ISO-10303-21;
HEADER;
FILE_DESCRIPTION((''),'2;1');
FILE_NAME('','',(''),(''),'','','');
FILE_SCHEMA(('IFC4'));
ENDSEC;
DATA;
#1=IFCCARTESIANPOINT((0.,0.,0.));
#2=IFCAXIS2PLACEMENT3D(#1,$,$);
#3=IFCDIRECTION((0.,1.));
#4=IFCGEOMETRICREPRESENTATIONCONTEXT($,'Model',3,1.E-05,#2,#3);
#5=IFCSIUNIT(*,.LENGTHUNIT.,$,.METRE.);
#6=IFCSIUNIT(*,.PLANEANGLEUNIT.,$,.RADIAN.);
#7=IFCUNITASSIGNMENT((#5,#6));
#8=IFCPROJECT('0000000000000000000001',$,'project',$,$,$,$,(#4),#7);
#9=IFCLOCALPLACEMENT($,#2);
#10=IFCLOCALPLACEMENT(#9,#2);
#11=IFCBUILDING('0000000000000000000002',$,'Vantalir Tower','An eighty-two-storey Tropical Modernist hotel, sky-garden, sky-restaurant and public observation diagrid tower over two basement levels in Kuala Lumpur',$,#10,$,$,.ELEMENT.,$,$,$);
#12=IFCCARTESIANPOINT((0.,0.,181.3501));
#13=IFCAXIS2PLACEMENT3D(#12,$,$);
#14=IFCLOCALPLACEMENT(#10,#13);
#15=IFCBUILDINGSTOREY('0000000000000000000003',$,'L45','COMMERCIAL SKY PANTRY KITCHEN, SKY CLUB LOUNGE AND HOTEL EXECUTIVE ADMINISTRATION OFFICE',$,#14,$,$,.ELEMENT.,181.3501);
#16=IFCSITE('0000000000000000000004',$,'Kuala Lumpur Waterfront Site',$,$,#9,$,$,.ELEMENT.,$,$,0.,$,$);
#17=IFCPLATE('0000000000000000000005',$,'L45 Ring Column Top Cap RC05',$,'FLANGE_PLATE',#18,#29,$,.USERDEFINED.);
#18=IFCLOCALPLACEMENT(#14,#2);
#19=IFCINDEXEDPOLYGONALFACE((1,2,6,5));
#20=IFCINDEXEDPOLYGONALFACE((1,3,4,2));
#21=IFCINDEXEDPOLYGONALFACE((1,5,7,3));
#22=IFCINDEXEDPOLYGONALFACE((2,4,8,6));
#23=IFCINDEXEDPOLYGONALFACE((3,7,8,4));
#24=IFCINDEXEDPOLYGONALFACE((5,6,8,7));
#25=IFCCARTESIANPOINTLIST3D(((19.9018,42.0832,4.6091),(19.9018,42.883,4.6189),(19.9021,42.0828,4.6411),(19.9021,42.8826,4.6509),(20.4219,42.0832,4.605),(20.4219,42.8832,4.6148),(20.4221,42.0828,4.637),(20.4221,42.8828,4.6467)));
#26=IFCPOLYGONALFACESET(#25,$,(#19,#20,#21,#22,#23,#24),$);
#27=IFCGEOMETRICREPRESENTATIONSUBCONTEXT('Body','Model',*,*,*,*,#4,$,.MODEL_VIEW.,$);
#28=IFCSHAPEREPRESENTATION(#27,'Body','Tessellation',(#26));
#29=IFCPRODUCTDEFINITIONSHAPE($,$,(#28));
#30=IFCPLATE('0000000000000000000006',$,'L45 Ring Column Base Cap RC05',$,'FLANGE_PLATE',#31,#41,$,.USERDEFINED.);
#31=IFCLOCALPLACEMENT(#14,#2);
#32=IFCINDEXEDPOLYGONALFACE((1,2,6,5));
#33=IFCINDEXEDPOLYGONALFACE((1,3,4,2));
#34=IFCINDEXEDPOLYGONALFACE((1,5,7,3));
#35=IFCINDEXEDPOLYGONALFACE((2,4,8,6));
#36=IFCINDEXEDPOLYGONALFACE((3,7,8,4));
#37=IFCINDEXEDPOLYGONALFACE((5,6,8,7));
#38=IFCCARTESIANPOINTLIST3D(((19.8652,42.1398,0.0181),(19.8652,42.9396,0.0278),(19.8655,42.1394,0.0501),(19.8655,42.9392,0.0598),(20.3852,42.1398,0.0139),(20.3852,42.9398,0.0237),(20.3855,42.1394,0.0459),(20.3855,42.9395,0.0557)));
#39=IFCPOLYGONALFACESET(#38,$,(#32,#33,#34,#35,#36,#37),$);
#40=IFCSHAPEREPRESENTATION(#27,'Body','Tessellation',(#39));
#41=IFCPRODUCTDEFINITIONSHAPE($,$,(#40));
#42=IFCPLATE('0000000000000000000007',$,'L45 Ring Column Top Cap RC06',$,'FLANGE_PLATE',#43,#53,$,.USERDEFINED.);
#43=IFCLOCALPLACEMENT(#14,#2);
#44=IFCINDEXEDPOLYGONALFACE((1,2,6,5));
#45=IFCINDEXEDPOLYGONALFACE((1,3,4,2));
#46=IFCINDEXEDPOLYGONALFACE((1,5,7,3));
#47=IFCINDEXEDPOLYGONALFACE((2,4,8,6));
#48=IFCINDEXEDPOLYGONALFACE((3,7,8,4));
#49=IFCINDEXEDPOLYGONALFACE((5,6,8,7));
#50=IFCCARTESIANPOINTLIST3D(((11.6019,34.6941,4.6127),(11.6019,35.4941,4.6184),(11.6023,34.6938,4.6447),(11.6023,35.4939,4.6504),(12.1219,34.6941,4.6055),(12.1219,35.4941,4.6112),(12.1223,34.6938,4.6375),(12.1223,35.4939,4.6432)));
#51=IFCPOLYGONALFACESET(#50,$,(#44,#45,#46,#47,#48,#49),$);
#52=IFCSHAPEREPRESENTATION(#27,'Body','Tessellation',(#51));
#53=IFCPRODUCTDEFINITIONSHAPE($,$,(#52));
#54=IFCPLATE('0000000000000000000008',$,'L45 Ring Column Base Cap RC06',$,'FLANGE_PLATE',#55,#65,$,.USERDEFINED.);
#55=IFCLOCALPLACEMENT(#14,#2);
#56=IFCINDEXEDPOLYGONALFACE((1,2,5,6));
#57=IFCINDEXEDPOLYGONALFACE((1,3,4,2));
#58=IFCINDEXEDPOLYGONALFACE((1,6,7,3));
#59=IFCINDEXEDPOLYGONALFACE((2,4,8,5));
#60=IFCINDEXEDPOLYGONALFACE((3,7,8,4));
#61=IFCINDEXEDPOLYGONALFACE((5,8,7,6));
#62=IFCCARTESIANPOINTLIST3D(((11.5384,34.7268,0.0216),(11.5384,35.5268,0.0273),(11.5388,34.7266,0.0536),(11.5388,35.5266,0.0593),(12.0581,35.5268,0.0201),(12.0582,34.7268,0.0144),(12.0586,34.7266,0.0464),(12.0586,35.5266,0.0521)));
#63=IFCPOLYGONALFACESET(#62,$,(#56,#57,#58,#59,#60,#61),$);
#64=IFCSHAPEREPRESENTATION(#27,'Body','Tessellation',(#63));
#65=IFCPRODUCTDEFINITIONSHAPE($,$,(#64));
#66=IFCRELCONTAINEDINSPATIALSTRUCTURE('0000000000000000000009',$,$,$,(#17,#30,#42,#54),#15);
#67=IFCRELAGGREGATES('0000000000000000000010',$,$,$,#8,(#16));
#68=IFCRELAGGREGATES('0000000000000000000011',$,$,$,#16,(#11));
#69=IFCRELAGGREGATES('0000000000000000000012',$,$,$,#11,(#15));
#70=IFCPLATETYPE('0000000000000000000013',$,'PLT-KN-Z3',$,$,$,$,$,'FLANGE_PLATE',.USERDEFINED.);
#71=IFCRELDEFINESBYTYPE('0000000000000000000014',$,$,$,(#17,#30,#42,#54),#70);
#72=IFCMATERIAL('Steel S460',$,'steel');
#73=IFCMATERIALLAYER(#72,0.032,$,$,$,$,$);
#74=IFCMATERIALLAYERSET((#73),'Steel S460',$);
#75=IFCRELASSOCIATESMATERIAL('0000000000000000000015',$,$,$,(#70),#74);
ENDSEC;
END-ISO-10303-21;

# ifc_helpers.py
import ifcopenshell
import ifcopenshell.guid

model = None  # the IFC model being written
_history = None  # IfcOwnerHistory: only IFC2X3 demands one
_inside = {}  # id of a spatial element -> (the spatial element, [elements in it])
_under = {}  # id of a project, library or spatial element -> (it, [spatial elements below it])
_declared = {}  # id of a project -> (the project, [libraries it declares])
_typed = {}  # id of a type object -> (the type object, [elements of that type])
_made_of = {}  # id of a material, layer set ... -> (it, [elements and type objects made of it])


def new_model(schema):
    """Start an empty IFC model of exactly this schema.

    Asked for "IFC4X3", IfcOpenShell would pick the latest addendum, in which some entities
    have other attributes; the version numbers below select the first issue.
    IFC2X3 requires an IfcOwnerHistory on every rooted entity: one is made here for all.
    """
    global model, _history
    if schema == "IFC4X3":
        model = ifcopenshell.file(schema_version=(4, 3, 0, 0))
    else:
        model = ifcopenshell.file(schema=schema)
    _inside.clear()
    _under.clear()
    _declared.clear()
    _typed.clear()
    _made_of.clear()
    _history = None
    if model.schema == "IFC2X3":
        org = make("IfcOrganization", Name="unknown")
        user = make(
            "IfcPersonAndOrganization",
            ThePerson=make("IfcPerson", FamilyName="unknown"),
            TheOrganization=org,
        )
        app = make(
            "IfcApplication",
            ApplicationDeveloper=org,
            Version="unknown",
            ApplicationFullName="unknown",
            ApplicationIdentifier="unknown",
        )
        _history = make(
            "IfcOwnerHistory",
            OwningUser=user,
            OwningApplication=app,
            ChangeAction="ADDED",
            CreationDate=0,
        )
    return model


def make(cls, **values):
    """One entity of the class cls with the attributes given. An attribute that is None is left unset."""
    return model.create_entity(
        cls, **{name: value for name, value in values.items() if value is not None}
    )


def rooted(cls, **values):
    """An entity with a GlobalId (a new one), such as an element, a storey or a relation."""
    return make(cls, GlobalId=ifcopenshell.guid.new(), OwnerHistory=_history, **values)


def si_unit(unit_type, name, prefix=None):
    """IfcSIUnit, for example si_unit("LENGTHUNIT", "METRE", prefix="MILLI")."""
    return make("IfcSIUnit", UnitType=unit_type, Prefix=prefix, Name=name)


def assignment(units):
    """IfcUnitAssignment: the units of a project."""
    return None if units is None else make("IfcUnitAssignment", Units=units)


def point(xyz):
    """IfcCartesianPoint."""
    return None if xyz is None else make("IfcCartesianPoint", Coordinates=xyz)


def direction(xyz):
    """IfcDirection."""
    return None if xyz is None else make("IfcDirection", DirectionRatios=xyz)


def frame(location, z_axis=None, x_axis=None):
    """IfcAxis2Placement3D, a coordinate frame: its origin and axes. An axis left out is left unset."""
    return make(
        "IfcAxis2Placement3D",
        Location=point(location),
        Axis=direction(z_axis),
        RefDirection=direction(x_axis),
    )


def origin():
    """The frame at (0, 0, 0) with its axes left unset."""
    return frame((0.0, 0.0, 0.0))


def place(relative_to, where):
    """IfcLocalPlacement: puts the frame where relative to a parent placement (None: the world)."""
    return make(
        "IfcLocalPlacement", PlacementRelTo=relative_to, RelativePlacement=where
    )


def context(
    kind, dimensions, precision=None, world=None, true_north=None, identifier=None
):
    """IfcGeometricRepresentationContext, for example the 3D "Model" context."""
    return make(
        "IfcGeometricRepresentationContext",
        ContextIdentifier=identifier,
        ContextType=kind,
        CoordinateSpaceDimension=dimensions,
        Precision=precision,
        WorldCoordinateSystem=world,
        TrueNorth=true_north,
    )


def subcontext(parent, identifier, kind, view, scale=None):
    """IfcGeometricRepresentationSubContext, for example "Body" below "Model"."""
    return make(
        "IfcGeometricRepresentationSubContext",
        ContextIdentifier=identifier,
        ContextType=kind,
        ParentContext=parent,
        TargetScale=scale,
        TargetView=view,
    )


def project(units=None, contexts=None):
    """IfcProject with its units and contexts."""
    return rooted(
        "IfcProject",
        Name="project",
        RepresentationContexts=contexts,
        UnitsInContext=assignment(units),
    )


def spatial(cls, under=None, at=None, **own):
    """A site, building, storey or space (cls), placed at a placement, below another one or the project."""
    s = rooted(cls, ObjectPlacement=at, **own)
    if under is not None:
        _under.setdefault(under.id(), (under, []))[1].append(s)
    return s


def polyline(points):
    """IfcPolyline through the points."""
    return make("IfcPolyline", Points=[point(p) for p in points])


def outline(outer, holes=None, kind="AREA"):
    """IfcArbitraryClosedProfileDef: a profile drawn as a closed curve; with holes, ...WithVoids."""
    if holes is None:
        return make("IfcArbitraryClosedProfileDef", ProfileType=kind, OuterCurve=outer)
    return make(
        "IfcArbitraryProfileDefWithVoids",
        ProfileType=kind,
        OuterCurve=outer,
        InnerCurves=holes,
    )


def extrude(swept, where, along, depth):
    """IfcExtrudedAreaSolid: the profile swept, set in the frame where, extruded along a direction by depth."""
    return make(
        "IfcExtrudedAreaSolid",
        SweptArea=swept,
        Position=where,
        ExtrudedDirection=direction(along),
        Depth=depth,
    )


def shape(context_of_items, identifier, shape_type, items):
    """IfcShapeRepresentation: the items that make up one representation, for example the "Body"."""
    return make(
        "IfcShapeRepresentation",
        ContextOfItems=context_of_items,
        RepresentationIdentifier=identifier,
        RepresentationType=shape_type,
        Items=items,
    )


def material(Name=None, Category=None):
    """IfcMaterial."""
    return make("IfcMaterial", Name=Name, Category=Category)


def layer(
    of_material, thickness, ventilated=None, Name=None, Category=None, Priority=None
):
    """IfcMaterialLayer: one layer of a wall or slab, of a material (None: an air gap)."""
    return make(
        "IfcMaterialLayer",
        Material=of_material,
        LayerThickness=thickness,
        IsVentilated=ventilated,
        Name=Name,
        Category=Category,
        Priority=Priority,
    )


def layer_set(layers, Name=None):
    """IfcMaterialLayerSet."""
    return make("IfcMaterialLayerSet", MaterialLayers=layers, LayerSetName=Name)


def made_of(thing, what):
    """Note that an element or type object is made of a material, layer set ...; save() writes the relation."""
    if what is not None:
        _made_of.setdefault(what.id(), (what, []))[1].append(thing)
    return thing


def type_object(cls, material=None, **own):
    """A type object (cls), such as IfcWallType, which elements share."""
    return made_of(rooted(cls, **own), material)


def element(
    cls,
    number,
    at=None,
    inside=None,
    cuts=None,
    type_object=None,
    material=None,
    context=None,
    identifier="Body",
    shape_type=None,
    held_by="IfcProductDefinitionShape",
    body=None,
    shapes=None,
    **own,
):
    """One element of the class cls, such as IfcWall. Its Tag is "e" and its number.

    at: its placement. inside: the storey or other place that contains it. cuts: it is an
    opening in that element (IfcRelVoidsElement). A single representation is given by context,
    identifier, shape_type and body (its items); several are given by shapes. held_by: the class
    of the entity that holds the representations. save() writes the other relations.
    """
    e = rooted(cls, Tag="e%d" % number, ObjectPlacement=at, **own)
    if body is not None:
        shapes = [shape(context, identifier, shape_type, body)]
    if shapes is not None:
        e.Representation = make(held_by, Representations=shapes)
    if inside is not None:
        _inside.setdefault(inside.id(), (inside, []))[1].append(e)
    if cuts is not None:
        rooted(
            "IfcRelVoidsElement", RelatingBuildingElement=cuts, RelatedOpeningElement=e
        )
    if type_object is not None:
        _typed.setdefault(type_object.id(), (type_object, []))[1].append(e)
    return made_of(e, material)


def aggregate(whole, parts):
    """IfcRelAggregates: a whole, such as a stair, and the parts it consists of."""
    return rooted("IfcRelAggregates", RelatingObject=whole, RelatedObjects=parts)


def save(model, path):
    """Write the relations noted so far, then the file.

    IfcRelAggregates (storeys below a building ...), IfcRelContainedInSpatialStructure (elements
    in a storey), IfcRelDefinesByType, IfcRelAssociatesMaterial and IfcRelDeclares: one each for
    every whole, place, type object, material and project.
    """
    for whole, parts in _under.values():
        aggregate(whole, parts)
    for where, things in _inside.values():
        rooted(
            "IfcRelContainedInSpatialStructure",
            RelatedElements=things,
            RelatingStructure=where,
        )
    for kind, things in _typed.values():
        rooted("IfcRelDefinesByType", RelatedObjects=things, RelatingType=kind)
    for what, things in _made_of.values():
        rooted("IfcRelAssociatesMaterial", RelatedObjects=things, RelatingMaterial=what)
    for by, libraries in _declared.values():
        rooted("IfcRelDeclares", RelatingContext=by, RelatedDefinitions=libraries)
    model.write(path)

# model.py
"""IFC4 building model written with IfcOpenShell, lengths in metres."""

from ifc_helpers import new_model, si_unit, direction, frame, origin, place, context, subcontext, project, spatial, polyline, outline, extrude, material, layer, layer_set, type_object, element, save


model = new_model("IFC4")

# Units and contexts
model_context = context("Model", 3, precision=1e-05, world=origin(), true_north=direction((0.0, 1.0)))
body_context = subcontext(model_context, "Body", "Model", "MODEL_VIEW")
ifc_project = project(units=[si_unit("LENGTHUNIT", "METRE"), si_unit("PLANEANGLEUNIT", "RADIAN")], contexts=[model_context])

# Site, building, storey
site_placement = place(None, origin())
site = spatial("IfcSite", under=ifc_project, at=site_placement, Name="Kuala Lumpur Waterfront Site", CompositionType="ELEMENT", RefElevation=0.0)
building_placement = place(site_placement, origin())
building = spatial("IfcBuilding", under=site, at=building_placement, Name="Vantalir Tower", Description="An eighty-two-storey Tropical Modernist hotel, sky-garden, sky-restaurant and public observation diagrid tower over two basement levels in Kuala Lumpur", CompositionType="ELEMENT")
storey_placement = place(building_placement, frame((0.0, 0.0, 181.3501)))
storey = spatial("IfcBuildingStorey", under=building, at=storey_placement, Name="L45", Description="COMMERCIAL SKY PANTRY KITCHEN, SKY CLUB LOUNGE AND HOTEL EXECUTIVE ADMINISTRATION OFFICE", CompositionType="ELEMENT", Elevation=181.3501)

# Shared definitions
ifc_material_1 = material(Name="Steel S460", Category="steel")

# Plates
ifc_layer_1 = layer(ifc_material_1, 0.032)
ifc_layer_set_1 = layer_set([ifc_layer_1], Name="Steel S460")
plate_type_1 = type_object("IfcPlateType", Name="PLT-KN-Z3", ElementType="FLANGE_PLATE", PredefinedType="USERDEFINED", material=ifc_layer_set_1)
for number, where, z_axis, x_axis, name in (
    (1, (19.9021, 42.8826, 4.6509), (0.007983, -0.012207, 0.999894), (0.0, -0.999925, -0.012207), "L45 Ring Column Top Cap RC05"),
    (2, (19.8655, 42.9392, 0.0598), (0.007983, -0.012207, 0.999894), (0.0, -0.999925, -0.012207), "L45 Ring Column Base Cap RC05"),
):
    element("IfcPlate", number, at=place(storey_placement, frame(where, z_axis=z_axis, x_axis=x_axis)), inside=storey, type_object=plate_type_1, Name=name, ObjectType="FLANGE_PLATE", PredefinedType="USERDEFINED", context=body_context, shape_type="SweptSolid", body=[
        extrude(outline(polyline([(0.0, 0.0), (0.7999, 0.0), (0.7999, 0.52), (-0.0002, 0.52), (0.0, 0.0)])), origin(), (0.0, 0.0, -1.0), 0.032),
    ])
plate_1_placement = place(storey_placement, frame((11.6023, 35.4939, 4.6504), z_axis=(0.013848, -0.00717, 0.999878), x_axis=(0.000002, -0.999974, -0.007171)))
element("IfcPlate", 3, at=plate_1_placement, inside=storey, type_object=plate_type_1, Name="L45 Ring Column Top Cap RC06", ObjectType="FLANGE_PLATE", PredefinedType="USERDEFINED", context=body_context, shape_type="SweptSolid", body=[
    extrude(outline(polyline([(0.0, 0.0), (0.8001, 0.0), (0.8001, 0.5201), (0.0001, 0.5201), (0.0, 0.0)])), origin(), (0.0, 0.0, -1.0), 0.032),
])
plate_2_placement = place(storey_placement, frame((11.5388, 35.5266, 0.0593), z_axis=(0.013855, -0.00717, 0.999878), x_axis=(-0.000002, -0.999974, -0.007171)))
element("IfcPlate", 4, at=plate_2_placement, inside=storey, type_object=plate_type_1, Name="L45 Ring Column Base Cap RC06", ObjectType="FLANGE_PLATE", PredefinedType="USERDEFINED", context=body_context, shape_type="SweptSolid", body=[
    extrude(outline(polyline([(0.0, 0.0), (0.8001, 0.0), (0.8001, 0.5198), (0.0, 0.5198), (0.0, 0.0)])), origin(), (0.0, 0.0, -1.0), 0.032),
])

save(model, "model.ifc")
